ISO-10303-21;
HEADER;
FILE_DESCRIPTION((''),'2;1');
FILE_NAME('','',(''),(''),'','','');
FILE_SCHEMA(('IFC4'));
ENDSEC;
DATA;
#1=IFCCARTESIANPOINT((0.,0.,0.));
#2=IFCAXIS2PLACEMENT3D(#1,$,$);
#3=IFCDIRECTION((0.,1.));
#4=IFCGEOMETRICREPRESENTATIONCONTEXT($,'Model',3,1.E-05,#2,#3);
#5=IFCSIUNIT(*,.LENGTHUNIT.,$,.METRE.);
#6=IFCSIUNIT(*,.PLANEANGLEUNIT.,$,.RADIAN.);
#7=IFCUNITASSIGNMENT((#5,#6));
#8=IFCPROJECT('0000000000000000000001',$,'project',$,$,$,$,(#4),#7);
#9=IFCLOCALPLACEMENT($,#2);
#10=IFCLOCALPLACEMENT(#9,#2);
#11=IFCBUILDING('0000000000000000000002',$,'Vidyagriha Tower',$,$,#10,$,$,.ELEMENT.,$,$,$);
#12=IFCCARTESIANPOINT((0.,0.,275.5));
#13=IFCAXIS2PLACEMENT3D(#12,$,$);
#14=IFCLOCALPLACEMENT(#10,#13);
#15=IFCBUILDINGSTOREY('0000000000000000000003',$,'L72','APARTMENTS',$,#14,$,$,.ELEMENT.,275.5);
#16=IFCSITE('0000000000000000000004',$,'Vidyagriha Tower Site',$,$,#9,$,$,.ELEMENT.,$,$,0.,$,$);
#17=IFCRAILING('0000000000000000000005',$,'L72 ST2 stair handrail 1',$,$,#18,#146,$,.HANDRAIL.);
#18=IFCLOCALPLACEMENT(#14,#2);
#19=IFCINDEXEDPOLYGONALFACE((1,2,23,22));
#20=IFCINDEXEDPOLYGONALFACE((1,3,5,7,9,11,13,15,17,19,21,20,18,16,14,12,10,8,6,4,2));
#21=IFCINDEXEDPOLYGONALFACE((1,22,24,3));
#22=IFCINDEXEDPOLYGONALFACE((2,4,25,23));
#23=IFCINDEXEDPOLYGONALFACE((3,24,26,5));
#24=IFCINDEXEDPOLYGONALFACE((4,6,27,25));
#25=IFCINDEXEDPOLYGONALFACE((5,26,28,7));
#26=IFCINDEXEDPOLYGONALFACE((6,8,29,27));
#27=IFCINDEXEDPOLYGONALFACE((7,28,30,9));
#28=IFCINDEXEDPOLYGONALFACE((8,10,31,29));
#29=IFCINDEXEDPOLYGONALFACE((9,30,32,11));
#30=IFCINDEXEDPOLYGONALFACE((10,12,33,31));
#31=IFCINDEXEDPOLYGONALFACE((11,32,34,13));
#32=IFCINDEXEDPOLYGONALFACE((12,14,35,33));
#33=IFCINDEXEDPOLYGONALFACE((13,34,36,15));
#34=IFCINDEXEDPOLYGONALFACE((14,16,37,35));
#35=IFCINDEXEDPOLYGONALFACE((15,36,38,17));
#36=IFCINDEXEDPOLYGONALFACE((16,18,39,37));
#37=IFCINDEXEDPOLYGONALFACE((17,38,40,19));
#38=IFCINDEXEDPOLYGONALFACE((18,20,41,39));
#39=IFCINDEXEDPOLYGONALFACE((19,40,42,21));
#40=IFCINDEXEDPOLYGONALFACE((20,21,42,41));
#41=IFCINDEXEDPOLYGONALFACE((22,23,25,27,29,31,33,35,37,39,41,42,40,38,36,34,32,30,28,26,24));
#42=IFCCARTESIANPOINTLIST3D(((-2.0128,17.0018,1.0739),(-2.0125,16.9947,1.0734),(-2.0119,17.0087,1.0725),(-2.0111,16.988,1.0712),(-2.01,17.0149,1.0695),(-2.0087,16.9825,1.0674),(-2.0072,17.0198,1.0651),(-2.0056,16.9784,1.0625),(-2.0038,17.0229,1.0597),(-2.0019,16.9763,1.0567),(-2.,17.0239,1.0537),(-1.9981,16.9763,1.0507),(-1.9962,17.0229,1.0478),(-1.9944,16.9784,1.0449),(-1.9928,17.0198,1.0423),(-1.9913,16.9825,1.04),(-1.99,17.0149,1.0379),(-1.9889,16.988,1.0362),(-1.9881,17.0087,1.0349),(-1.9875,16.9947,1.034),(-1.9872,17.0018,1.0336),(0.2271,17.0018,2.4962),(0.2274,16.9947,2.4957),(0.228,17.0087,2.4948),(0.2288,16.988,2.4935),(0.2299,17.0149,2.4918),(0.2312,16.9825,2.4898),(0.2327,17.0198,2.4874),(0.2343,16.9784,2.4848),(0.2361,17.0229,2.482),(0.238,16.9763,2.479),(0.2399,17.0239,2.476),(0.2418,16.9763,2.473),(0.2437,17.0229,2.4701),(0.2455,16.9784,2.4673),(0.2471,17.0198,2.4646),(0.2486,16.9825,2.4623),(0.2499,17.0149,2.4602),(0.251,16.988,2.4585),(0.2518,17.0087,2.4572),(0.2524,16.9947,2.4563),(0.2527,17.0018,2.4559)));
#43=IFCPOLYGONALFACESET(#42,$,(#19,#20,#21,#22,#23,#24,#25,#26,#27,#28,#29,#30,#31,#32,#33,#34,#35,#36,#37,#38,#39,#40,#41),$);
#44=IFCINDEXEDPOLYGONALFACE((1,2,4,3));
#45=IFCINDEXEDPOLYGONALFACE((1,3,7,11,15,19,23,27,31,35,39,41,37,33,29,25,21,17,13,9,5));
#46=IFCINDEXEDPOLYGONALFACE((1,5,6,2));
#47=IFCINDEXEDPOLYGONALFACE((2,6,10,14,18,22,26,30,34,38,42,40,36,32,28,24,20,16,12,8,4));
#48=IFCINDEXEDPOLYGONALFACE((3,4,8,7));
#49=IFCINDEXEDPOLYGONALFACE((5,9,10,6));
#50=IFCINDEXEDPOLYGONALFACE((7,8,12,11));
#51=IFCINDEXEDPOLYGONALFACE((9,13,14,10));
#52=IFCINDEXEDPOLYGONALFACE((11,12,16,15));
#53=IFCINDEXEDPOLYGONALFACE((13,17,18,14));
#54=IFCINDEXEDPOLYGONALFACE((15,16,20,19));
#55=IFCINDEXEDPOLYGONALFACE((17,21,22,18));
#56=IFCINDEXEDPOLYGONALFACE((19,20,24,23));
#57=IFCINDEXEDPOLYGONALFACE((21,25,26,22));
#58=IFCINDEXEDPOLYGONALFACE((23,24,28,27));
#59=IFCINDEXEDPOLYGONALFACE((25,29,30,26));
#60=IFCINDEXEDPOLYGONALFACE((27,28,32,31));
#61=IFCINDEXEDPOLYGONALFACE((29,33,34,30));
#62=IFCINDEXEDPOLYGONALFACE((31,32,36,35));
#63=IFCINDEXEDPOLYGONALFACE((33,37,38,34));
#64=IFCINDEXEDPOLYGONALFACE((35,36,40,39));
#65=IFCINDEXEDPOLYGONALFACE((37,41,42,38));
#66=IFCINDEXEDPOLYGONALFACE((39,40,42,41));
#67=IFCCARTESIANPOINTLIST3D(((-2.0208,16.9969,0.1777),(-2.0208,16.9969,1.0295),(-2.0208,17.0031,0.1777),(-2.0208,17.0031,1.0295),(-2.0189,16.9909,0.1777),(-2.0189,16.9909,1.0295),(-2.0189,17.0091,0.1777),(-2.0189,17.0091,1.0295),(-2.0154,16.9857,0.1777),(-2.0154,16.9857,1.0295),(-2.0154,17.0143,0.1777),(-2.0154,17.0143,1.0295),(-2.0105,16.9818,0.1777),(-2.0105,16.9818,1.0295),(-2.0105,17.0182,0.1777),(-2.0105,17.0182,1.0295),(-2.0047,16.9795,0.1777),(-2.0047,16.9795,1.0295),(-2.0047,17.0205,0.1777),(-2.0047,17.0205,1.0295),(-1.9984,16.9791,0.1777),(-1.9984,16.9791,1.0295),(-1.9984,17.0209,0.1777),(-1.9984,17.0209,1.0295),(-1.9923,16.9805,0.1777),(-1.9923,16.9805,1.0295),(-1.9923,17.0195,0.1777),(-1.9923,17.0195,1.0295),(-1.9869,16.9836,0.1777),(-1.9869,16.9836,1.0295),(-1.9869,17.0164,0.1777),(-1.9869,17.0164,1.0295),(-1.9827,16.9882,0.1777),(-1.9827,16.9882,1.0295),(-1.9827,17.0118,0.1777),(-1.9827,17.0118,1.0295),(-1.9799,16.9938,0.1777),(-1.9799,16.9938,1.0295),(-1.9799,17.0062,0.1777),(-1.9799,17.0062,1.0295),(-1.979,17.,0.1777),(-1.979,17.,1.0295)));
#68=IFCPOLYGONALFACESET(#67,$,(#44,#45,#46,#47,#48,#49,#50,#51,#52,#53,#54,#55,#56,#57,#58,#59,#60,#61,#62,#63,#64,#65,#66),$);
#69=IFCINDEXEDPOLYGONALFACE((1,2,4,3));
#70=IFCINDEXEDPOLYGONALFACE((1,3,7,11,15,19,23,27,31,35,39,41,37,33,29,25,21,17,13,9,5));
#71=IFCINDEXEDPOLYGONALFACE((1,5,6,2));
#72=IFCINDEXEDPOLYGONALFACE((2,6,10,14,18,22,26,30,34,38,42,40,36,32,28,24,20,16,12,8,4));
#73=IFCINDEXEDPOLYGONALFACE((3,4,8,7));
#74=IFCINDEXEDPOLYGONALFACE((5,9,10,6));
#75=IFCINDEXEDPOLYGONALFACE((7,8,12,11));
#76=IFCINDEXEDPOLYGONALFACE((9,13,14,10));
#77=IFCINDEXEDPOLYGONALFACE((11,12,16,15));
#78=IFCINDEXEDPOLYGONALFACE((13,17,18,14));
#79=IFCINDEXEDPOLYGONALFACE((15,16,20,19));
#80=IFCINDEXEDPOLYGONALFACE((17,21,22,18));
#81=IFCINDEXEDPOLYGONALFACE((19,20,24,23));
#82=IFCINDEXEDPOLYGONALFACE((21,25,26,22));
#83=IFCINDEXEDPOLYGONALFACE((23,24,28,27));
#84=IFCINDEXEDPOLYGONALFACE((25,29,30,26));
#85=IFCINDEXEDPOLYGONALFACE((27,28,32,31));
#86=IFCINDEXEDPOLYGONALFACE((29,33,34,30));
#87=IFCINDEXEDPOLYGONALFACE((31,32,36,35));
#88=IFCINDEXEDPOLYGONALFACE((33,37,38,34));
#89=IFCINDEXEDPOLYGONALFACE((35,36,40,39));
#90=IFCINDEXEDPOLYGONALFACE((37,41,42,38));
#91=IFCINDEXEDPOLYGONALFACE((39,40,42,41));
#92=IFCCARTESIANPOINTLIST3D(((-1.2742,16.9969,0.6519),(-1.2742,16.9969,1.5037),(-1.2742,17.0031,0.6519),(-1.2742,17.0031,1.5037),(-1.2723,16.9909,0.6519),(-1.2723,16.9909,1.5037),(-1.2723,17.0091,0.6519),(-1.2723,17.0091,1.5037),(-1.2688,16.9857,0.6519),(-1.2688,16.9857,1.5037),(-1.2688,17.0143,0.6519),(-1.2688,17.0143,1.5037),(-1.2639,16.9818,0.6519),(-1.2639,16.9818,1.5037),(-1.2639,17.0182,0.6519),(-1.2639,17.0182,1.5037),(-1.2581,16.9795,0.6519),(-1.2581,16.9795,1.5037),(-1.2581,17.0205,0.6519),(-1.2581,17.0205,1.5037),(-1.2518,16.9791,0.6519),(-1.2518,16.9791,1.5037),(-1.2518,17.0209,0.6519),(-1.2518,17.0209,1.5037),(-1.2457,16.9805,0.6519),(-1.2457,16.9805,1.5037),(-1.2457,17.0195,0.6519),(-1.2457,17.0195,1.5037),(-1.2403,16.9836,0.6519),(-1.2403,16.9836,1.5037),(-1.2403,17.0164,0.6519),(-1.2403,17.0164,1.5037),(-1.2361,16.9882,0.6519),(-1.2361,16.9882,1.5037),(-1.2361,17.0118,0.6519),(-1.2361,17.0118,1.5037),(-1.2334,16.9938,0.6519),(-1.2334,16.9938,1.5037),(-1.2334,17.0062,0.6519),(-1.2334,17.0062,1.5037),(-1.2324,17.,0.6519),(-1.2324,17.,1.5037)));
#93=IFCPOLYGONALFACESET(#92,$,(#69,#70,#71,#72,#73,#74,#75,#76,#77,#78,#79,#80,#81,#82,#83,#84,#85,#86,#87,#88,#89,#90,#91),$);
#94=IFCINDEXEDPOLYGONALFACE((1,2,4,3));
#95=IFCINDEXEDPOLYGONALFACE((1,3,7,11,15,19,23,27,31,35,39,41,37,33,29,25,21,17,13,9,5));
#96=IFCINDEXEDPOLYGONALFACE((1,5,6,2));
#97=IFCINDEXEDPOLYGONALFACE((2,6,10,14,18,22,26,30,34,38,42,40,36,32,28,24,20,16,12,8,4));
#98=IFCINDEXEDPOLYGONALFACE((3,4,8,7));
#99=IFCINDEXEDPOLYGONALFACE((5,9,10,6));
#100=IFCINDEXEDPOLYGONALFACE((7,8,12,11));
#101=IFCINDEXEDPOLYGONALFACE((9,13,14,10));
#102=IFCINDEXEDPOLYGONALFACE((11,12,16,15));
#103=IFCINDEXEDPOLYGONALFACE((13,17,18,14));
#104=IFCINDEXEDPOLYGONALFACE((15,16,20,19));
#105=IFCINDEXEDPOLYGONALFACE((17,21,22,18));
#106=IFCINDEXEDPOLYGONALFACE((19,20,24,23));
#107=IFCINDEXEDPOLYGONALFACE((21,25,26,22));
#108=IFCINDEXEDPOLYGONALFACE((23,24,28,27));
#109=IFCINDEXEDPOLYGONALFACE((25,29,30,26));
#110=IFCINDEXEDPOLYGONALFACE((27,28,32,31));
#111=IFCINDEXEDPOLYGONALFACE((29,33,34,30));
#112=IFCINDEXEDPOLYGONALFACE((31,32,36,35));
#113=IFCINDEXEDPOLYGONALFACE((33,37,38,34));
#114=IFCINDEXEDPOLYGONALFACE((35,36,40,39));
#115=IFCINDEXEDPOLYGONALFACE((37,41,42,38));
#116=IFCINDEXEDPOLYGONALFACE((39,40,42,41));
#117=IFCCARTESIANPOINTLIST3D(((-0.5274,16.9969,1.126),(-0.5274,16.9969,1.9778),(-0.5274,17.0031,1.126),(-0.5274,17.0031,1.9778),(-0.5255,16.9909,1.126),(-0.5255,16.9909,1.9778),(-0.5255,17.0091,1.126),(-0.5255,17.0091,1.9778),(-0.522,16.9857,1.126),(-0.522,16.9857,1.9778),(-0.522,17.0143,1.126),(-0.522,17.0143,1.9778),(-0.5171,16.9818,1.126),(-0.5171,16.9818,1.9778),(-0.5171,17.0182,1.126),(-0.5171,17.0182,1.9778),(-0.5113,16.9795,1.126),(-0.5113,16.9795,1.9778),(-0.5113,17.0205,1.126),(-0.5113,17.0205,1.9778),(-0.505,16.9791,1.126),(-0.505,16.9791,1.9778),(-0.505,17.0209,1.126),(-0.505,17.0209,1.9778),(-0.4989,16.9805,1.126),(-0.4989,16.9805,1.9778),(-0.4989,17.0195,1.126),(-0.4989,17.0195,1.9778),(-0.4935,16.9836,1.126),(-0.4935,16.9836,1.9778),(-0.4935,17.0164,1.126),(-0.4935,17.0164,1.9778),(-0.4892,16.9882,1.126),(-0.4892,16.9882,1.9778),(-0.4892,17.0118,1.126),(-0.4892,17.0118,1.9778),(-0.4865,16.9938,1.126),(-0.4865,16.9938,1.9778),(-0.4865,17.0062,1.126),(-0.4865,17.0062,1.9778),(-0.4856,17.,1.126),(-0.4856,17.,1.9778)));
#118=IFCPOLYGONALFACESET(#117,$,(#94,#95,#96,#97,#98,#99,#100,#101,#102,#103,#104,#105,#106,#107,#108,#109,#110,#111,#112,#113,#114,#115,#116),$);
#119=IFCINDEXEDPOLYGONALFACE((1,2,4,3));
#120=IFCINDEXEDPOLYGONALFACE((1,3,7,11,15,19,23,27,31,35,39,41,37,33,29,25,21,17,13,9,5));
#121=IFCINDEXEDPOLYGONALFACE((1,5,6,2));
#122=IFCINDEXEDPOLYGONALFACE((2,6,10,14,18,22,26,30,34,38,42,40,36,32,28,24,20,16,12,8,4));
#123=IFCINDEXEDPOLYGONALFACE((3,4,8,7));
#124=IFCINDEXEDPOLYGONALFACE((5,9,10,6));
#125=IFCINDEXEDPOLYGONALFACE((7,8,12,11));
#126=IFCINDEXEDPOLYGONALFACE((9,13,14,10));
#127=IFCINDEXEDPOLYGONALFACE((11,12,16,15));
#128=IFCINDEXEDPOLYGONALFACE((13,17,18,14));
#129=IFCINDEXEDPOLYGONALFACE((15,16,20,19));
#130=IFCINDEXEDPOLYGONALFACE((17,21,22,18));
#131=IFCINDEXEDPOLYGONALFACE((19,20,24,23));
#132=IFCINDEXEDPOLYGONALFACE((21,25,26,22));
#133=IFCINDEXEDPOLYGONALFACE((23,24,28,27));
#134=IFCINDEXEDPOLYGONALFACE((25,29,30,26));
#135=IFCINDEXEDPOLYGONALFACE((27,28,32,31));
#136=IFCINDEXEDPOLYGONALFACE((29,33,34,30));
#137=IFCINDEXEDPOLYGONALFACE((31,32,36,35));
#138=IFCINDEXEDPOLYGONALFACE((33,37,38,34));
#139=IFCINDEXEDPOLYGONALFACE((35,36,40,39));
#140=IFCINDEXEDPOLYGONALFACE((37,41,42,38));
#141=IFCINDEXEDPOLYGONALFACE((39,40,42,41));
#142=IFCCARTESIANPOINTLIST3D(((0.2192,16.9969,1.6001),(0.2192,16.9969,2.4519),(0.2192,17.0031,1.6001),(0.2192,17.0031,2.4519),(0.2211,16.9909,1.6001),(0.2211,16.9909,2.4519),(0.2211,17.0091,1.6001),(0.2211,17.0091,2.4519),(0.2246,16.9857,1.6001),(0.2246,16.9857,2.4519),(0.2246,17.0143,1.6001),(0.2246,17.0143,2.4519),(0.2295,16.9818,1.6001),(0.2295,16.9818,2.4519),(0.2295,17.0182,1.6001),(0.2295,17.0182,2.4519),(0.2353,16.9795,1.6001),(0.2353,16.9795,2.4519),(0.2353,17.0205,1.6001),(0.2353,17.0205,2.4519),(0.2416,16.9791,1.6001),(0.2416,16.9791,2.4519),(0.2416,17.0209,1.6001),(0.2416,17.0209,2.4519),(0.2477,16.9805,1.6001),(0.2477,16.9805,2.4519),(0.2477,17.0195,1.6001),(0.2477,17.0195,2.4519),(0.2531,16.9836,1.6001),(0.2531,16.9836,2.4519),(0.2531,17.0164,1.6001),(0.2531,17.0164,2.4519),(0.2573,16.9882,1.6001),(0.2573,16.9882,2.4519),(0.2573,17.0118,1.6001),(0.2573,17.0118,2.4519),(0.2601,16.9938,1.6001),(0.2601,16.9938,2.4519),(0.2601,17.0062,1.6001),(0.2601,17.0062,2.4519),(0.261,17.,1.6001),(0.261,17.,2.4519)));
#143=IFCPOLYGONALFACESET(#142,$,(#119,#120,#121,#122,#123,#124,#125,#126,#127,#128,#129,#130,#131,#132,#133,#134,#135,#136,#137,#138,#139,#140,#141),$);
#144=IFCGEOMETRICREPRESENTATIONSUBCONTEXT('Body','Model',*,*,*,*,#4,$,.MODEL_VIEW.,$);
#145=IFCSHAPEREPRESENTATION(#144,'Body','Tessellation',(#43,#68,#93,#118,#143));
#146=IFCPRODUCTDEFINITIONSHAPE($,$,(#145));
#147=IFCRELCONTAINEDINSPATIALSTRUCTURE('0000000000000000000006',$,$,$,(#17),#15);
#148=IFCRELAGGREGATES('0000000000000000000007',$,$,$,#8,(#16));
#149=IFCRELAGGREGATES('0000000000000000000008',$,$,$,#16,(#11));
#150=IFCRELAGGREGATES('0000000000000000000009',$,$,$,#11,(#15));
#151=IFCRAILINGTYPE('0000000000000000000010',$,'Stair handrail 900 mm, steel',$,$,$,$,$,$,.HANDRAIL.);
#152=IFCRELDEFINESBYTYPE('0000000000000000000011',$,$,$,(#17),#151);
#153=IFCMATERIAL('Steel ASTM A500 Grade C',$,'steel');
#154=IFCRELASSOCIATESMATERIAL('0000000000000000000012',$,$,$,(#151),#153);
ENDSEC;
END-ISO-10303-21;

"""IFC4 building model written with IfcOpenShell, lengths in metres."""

from ifc_helpers import new_model, si_unit, direction, frame, origin, origin_2d, place, context, subcontext, project, spatial, circle, extrude, material, type_object, element, save


model = new_model("IFC4")

# Units and contexts
model_context = context("Model", 3, precision=1e-05, world=origin(), true_north=direction((0.0, 1.0)))
body_context = subcontext(model_context, "Body", "Model", "MODEL_VIEW")
ifc_project = project(units=[si_unit("LENGTHUNIT", "METRE"), si_unit("PLANEANGLEUNIT", "RADIAN")], contexts=[model_context])

# Site, building, storey
site_placement = place(None, origin())
site = spatial("IfcSite", under=ifc_project, at=site_placement, Name="Vidyagriha Tower Site", CompositionType="ELEMENT", RefElevation=0.0)
building_placement = place(site_placement, origin())
building = spatial("IfcBuilding", under=site, at=building_placement, Name="Vidyagriha Tower", CompositionType="ELEMENT")
storey_placement = place(building_placement, frame((0.0, 0.0, 275.5)))
storey = spatial("IfcBuildingStorey", under=building, at=storey_placement, Name="L72", Description="APARTMENTS", CompositionType="ELEMENT", Elevation=275.5)

# Railing
ifc_material_1 = material(Name="Steel ASTM A500 Grade C", Category="steel")
railing_type = type_object("IfcRailingType", Name="Stair handrail 900 mm, steel", PredefinedType="HANDRAIL", material=ifc_material_1)
for number, where, name in (
    (1, (-2.0, 17.0, 0.1777), "L72 ST2 stair handrail 1"),
):
    element("IfcRailing", number, at=place(storey_placement, frame(where)), inside=storey, type_object=railing_type, Name=name, PredefinedType="HANDRAIL", context=body_context, shape_type="SweptSolid", body=[
        extrude(circle(Radius=0.0239, at=origin_2d()), frame((0.0, 0.0, 0.876), z_axis=(0.844188, 0.0, 0.536048), x_axis=(0.0, 1.0, 0.0)), (0.0, 0.0, 1.0), 2.6533),
        extrude(circle(Radius=0.021, at=origin_2d()), origin(), (0.0, 0.0, 1.0), 0.8518),
        extrude(circle(Radius=0.021, at=origin_2d()), frame((0.7466, 0.0, 0.4741)), (0.0, 0.0, 1.0), 0.8518),
        extrude(circle(Radius=0.021, at=origin_2d()), frame((1.4934, 0.0, 0.9482)), (0.0, 0.0, 1.0), 0.8518),
        extrude(circle(Radius=0.021, at=origin_2d()), frame((2.24, 0.0, 1.4224)), (0.0, 0.0, 1.0), 0.8518),
    ])

save(model, "model.ifc")
